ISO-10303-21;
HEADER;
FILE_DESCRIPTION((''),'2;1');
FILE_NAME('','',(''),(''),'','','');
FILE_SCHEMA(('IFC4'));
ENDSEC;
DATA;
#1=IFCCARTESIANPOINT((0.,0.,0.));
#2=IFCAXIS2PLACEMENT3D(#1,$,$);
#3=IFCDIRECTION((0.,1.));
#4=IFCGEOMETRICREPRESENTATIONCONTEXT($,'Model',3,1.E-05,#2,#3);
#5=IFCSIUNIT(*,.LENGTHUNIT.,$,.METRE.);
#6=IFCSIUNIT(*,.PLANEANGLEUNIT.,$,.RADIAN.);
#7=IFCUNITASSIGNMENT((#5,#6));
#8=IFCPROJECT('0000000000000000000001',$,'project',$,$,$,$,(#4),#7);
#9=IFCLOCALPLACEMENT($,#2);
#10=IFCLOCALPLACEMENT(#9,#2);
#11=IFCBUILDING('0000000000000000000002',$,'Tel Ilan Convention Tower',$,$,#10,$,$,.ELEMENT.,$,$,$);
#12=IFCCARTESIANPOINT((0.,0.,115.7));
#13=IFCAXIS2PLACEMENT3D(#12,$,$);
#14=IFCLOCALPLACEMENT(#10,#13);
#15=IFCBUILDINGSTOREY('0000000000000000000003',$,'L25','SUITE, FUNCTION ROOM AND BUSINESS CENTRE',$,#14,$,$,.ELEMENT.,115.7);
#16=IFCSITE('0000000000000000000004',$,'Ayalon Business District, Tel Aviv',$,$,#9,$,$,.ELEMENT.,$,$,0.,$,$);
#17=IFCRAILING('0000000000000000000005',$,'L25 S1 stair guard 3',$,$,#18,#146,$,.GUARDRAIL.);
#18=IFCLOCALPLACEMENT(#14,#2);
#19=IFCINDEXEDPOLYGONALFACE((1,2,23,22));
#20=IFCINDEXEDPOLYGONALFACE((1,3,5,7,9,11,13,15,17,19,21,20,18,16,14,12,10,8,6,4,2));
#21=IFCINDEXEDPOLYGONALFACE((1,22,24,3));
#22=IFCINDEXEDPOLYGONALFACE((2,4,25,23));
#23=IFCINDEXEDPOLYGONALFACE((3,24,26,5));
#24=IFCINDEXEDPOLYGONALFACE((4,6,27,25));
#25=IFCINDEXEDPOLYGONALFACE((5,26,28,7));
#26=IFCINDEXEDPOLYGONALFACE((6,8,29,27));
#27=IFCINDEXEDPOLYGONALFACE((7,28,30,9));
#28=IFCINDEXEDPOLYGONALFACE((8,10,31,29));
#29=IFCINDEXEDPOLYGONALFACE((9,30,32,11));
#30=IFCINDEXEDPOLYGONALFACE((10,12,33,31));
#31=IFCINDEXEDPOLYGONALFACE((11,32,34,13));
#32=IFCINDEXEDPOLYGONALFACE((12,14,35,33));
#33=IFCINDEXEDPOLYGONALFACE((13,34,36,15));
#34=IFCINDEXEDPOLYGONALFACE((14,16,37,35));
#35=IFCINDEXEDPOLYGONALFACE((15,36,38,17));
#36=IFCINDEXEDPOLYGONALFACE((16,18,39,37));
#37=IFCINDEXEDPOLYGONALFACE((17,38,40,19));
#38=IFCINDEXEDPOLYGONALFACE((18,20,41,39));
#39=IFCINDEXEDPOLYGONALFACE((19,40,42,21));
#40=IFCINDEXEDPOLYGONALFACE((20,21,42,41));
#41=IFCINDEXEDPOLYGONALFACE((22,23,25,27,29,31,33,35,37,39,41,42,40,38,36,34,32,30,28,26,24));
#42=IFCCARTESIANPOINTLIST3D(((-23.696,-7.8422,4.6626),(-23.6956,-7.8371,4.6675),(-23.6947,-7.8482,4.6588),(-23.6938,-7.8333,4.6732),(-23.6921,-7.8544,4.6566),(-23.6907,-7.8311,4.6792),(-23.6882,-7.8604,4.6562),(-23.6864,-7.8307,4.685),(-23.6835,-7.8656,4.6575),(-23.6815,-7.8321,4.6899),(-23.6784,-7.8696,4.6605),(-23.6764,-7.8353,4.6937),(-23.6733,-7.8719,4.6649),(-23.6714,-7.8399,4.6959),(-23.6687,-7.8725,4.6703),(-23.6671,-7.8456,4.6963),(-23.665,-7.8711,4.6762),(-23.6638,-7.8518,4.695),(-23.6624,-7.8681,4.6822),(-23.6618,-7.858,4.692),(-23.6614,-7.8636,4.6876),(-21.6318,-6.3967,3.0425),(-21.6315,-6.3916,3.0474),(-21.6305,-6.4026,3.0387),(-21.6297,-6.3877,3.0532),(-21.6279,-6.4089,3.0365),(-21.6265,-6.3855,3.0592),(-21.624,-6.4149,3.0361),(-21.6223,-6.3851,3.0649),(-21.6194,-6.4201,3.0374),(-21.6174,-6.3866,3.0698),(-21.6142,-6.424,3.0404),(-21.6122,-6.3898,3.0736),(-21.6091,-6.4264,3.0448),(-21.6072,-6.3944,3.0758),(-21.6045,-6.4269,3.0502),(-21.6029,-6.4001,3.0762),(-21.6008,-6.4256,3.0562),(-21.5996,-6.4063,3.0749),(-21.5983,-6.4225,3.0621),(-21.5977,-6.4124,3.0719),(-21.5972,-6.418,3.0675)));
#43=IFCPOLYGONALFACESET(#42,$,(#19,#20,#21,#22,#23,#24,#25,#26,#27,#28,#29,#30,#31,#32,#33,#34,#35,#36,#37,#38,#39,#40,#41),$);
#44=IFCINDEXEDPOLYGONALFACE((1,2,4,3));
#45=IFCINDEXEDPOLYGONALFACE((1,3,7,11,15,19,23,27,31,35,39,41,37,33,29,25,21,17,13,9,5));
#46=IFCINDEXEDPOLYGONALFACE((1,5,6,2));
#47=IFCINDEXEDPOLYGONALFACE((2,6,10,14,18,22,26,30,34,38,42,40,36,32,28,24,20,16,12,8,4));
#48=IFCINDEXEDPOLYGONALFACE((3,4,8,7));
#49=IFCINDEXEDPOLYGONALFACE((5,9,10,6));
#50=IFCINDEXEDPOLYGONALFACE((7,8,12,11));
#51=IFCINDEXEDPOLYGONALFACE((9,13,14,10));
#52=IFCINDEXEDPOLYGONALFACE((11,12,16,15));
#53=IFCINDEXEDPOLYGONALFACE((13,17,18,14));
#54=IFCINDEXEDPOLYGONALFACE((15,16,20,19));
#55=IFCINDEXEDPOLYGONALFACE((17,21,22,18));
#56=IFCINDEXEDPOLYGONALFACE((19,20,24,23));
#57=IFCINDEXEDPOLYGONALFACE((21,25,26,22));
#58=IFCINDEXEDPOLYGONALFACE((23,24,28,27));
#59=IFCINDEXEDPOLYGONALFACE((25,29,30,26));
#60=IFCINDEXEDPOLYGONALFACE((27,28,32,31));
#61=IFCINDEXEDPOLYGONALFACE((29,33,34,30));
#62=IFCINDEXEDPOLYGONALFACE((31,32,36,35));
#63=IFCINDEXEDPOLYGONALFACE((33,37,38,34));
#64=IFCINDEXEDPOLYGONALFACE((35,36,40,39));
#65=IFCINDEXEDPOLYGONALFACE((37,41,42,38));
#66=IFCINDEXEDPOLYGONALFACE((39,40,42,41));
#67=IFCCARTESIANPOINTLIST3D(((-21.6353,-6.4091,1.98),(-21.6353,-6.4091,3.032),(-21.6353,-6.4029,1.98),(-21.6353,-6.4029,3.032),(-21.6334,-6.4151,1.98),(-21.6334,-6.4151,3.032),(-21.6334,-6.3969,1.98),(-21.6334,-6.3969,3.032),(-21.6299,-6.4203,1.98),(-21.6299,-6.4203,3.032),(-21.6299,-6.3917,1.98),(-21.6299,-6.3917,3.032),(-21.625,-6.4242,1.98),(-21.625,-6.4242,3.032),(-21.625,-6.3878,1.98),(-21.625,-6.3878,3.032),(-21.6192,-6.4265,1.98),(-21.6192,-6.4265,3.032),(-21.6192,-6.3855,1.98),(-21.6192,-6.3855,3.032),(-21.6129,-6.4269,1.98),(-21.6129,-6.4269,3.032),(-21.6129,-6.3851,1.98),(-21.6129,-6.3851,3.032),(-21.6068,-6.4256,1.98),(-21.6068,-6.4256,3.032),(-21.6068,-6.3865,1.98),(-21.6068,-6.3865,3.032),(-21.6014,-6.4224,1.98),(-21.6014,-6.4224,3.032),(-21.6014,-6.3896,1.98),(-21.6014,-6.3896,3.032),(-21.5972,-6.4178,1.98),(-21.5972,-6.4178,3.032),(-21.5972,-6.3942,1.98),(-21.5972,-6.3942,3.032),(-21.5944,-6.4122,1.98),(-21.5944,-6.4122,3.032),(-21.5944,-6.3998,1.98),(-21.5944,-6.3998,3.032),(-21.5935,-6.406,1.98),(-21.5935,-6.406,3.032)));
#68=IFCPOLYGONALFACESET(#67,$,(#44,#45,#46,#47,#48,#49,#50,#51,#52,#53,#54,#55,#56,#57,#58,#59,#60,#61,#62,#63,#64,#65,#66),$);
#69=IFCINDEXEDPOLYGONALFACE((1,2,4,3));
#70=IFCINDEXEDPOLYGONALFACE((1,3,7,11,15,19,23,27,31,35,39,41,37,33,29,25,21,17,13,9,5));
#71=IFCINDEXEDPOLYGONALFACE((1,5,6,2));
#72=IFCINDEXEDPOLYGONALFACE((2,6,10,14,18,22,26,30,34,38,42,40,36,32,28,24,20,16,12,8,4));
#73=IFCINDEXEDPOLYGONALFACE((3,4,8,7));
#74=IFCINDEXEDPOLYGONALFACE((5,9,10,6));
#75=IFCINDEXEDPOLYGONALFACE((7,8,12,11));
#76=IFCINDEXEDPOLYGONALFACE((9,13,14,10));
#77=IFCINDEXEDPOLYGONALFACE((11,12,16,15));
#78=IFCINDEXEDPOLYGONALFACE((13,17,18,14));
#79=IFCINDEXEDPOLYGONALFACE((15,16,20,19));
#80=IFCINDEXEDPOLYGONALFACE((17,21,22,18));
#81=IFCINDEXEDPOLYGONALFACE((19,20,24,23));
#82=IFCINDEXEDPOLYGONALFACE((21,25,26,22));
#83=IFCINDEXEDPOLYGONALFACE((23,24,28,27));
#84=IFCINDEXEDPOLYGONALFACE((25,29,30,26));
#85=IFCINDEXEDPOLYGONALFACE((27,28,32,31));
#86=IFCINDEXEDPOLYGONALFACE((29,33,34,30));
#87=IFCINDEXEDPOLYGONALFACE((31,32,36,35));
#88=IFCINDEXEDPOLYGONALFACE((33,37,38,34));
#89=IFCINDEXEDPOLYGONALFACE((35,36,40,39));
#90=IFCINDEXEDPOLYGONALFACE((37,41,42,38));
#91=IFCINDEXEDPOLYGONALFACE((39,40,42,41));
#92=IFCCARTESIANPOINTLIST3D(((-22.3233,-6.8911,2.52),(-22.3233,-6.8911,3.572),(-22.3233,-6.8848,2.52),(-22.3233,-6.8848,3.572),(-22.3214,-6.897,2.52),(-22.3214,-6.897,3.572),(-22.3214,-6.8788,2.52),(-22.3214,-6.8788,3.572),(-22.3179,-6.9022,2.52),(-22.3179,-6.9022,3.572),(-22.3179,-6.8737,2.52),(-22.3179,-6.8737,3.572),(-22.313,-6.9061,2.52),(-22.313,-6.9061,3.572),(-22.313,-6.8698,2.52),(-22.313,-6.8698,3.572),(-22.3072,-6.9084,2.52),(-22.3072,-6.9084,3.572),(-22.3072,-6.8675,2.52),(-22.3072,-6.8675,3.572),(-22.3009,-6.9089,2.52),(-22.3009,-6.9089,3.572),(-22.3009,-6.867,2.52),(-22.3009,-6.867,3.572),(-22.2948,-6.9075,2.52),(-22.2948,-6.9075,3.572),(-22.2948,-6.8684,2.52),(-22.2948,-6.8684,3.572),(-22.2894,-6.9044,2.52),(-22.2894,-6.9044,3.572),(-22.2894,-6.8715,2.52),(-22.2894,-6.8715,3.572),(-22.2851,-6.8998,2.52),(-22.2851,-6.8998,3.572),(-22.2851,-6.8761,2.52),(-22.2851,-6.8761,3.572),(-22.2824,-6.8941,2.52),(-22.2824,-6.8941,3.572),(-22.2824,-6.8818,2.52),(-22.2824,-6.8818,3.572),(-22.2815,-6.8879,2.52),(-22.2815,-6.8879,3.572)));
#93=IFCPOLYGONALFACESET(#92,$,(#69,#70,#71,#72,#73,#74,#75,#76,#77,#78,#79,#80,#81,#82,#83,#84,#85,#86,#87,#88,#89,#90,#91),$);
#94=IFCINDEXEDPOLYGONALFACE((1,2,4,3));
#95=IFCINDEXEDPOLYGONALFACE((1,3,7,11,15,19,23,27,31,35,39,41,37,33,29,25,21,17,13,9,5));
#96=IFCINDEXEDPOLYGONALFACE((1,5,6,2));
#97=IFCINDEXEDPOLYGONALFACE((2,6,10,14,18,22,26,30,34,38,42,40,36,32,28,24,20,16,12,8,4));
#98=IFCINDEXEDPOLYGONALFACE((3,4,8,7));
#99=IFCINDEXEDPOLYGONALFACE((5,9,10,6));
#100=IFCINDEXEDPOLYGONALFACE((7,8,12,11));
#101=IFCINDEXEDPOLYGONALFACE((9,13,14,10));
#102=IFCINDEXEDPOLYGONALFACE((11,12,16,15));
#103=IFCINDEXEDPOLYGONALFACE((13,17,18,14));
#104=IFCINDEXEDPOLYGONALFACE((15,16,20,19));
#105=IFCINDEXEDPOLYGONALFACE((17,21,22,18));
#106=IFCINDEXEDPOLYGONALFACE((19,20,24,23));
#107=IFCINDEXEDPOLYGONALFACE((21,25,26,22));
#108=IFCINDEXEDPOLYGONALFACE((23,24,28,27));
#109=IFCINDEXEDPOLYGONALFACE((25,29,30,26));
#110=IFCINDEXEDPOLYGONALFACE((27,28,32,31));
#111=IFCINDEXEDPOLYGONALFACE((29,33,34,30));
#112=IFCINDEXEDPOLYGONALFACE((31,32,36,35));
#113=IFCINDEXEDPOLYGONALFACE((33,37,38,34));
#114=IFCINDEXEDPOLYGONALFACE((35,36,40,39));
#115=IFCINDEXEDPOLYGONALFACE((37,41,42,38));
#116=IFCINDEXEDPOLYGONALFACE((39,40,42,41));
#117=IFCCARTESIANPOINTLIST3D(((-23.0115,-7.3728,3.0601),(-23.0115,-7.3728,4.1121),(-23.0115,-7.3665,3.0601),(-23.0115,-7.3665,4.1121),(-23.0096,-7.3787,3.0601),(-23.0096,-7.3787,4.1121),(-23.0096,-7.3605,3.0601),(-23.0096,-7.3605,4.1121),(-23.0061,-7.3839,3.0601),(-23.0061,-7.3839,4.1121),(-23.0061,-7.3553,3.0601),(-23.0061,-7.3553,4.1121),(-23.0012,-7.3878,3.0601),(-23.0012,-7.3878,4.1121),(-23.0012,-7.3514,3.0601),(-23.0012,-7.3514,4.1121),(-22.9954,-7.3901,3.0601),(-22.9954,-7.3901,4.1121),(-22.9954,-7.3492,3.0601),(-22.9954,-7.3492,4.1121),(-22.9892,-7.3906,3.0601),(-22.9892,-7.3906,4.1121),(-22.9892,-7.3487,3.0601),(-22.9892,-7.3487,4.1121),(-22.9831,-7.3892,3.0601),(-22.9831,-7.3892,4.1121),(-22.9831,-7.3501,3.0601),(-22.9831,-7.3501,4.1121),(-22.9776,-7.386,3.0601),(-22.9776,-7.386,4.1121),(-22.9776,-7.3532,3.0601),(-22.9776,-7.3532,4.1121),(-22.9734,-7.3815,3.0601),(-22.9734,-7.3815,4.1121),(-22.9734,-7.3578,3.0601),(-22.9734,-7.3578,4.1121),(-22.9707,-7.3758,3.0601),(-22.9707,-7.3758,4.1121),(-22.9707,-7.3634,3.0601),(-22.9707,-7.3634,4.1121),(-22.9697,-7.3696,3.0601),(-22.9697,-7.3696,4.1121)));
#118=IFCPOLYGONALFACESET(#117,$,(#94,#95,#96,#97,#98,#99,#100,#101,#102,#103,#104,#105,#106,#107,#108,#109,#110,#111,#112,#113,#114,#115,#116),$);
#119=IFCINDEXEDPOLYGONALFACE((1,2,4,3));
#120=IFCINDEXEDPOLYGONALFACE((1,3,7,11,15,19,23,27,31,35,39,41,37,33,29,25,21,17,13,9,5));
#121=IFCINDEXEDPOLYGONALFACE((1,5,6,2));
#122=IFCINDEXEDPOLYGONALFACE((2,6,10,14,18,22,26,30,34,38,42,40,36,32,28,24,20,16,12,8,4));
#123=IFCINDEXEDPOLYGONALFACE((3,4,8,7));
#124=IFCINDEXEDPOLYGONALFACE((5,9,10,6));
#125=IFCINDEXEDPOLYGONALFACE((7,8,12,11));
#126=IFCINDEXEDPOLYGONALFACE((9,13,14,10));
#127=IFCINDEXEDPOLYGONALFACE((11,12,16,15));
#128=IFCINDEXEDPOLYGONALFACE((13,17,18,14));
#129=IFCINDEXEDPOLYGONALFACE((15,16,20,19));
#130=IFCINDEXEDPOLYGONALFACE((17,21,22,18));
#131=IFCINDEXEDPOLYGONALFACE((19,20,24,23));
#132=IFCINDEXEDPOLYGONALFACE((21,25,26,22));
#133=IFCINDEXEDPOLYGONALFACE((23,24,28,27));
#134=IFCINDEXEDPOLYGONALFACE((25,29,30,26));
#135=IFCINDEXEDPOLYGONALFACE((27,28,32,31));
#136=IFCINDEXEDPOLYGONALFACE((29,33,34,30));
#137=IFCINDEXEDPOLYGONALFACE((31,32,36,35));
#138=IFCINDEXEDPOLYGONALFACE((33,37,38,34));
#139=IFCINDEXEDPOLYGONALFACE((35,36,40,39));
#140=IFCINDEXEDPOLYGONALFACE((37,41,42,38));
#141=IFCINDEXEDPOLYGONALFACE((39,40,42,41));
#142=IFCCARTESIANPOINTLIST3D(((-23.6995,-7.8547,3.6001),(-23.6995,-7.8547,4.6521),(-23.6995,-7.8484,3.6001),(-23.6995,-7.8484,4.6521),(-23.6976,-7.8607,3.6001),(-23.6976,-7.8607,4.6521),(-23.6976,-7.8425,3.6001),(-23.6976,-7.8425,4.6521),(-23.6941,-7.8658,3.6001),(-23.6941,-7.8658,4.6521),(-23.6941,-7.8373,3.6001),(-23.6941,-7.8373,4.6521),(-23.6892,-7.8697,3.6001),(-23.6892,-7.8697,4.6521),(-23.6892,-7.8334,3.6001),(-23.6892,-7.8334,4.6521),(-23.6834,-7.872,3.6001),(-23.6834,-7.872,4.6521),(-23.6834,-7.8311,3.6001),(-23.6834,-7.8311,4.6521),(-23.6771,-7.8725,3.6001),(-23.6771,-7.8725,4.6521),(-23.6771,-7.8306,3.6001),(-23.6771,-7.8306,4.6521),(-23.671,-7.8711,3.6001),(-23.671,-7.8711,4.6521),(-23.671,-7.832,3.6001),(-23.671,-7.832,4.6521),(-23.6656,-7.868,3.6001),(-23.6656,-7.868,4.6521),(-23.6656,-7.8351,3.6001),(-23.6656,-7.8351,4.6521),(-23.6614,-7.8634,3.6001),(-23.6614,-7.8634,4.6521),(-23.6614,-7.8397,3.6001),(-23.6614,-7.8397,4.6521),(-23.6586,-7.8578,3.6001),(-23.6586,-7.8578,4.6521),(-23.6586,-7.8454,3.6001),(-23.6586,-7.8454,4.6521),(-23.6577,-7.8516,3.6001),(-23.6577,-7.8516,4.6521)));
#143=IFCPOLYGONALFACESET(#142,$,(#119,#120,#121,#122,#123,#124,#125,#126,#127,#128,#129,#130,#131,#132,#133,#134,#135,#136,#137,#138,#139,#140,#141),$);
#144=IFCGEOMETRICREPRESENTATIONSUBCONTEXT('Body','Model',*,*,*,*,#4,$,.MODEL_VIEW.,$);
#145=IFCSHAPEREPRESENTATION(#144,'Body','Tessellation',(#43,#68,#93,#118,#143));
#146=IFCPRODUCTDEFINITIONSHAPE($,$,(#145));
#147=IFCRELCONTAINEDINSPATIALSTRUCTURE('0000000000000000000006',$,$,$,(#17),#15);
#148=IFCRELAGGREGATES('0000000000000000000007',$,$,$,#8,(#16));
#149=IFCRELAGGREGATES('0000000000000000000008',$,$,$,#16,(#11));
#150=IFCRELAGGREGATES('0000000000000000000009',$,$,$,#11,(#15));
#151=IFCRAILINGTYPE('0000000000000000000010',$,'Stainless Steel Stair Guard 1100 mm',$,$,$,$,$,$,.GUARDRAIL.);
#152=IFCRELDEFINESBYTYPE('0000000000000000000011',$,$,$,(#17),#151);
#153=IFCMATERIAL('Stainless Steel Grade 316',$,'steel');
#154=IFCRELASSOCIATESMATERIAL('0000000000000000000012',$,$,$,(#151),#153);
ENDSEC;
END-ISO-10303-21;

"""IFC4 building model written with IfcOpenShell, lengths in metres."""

from ifc_helpers import new_model, si_unit, direction, frame, origin, origin_2d, place, context, subcontext, project, spatial, circle, extrude, material, type_object, element, save


model = new_model("IFC4")

# Units and contexts
model_context = context("Model", 3, precision=1e-05, world=origin(), true_north=direction((0.0, 1.0)))
body_context = subcontext(model_context, "Body", "Model", "MODEL_VIEW")
ifc_project = project(units=[si_unit("LENGTHUNIT", "METRE"), si_unit("PLANEANGLEUNIT", "RADIAN")], contexts=[model_context])

# Site, building, storey
site_placement = place(None, origin())
site = spatial("IfcSite", under=ifc_project, at=site_placement, Name="Ayalon Business District, Tel Aviv", CompositionType="ELEMENT", RefElevation=0.0)
building_placement = place(site_placement, origin())
building = spatial("IfcBuilding", under=site, at=building_placement, Name="Tel Ilan Convention Tower", CompositionType="ELEMENT")
storey_placement = place(building_placement, frame((0.0, 0.0, 115.7)))
storey = spatial("IfcBuildingStorey", under=building, at=storey_placement, Name="L25", Description="SUITE, FUNCTION ROOM AND BUSINESS CENTRE", CompositionType="ELEMENT", Elevation=115.7)

# Railing
ifc_material_1 = material(Name="Stainless Steel Grade 316", Category="steel")
railing_type_1 = type_object("IfcRailingType", Name="Stainless Steel Stair Guard 1100 mm", PredefinedType="GUARDRAIL", material=ifc_material_1)
railing_1_placement = place(storey_placement, frame((-21.6145, -6.406, 1.98)))
element("IfcRailing", 1, at=railing_1_placement, inside=storey, type_object=railing_type_1, Name="L25 S1 stair guard 3", PredefinedType="GUARDRAIL", context=body_context, shape_type="SweptSolid", body=[
    extrude(circle(Radius=0.0239, at=origin_2d()), frame((0.0, 0.0, 1.0762), z_axis=(-0.689013, -0.482513, 0.540779), x_axis=(0.573625, -0.819118, 0.0)), (0.0, 0.0, 1.0), 2.9958),
    extrude(circle(Radius=0.021, at=origin_2d()), origin(), (0.0, 0.0, 1.0), 1.052),
    extrude(circle(Radius=0.021, at=origin_2d()), frame((-0.688, -0.4819, 0.54)), (0.0, 0.0, 1.0), 1.052),
    extrude(circle(Radius=0.021, at=origin_2d()), frame((-1.3762, -0.9636, 1.0801)), (0.0, 0.0, 1.0), 1.052),
    extrude(circle(Radius=0.021, at=origin_2d()), frame((-2.0642, -1.4456, 1.6201)), (0.0, 0.0, 1.0), 1.052),
])

save(model, "model.ifc")
